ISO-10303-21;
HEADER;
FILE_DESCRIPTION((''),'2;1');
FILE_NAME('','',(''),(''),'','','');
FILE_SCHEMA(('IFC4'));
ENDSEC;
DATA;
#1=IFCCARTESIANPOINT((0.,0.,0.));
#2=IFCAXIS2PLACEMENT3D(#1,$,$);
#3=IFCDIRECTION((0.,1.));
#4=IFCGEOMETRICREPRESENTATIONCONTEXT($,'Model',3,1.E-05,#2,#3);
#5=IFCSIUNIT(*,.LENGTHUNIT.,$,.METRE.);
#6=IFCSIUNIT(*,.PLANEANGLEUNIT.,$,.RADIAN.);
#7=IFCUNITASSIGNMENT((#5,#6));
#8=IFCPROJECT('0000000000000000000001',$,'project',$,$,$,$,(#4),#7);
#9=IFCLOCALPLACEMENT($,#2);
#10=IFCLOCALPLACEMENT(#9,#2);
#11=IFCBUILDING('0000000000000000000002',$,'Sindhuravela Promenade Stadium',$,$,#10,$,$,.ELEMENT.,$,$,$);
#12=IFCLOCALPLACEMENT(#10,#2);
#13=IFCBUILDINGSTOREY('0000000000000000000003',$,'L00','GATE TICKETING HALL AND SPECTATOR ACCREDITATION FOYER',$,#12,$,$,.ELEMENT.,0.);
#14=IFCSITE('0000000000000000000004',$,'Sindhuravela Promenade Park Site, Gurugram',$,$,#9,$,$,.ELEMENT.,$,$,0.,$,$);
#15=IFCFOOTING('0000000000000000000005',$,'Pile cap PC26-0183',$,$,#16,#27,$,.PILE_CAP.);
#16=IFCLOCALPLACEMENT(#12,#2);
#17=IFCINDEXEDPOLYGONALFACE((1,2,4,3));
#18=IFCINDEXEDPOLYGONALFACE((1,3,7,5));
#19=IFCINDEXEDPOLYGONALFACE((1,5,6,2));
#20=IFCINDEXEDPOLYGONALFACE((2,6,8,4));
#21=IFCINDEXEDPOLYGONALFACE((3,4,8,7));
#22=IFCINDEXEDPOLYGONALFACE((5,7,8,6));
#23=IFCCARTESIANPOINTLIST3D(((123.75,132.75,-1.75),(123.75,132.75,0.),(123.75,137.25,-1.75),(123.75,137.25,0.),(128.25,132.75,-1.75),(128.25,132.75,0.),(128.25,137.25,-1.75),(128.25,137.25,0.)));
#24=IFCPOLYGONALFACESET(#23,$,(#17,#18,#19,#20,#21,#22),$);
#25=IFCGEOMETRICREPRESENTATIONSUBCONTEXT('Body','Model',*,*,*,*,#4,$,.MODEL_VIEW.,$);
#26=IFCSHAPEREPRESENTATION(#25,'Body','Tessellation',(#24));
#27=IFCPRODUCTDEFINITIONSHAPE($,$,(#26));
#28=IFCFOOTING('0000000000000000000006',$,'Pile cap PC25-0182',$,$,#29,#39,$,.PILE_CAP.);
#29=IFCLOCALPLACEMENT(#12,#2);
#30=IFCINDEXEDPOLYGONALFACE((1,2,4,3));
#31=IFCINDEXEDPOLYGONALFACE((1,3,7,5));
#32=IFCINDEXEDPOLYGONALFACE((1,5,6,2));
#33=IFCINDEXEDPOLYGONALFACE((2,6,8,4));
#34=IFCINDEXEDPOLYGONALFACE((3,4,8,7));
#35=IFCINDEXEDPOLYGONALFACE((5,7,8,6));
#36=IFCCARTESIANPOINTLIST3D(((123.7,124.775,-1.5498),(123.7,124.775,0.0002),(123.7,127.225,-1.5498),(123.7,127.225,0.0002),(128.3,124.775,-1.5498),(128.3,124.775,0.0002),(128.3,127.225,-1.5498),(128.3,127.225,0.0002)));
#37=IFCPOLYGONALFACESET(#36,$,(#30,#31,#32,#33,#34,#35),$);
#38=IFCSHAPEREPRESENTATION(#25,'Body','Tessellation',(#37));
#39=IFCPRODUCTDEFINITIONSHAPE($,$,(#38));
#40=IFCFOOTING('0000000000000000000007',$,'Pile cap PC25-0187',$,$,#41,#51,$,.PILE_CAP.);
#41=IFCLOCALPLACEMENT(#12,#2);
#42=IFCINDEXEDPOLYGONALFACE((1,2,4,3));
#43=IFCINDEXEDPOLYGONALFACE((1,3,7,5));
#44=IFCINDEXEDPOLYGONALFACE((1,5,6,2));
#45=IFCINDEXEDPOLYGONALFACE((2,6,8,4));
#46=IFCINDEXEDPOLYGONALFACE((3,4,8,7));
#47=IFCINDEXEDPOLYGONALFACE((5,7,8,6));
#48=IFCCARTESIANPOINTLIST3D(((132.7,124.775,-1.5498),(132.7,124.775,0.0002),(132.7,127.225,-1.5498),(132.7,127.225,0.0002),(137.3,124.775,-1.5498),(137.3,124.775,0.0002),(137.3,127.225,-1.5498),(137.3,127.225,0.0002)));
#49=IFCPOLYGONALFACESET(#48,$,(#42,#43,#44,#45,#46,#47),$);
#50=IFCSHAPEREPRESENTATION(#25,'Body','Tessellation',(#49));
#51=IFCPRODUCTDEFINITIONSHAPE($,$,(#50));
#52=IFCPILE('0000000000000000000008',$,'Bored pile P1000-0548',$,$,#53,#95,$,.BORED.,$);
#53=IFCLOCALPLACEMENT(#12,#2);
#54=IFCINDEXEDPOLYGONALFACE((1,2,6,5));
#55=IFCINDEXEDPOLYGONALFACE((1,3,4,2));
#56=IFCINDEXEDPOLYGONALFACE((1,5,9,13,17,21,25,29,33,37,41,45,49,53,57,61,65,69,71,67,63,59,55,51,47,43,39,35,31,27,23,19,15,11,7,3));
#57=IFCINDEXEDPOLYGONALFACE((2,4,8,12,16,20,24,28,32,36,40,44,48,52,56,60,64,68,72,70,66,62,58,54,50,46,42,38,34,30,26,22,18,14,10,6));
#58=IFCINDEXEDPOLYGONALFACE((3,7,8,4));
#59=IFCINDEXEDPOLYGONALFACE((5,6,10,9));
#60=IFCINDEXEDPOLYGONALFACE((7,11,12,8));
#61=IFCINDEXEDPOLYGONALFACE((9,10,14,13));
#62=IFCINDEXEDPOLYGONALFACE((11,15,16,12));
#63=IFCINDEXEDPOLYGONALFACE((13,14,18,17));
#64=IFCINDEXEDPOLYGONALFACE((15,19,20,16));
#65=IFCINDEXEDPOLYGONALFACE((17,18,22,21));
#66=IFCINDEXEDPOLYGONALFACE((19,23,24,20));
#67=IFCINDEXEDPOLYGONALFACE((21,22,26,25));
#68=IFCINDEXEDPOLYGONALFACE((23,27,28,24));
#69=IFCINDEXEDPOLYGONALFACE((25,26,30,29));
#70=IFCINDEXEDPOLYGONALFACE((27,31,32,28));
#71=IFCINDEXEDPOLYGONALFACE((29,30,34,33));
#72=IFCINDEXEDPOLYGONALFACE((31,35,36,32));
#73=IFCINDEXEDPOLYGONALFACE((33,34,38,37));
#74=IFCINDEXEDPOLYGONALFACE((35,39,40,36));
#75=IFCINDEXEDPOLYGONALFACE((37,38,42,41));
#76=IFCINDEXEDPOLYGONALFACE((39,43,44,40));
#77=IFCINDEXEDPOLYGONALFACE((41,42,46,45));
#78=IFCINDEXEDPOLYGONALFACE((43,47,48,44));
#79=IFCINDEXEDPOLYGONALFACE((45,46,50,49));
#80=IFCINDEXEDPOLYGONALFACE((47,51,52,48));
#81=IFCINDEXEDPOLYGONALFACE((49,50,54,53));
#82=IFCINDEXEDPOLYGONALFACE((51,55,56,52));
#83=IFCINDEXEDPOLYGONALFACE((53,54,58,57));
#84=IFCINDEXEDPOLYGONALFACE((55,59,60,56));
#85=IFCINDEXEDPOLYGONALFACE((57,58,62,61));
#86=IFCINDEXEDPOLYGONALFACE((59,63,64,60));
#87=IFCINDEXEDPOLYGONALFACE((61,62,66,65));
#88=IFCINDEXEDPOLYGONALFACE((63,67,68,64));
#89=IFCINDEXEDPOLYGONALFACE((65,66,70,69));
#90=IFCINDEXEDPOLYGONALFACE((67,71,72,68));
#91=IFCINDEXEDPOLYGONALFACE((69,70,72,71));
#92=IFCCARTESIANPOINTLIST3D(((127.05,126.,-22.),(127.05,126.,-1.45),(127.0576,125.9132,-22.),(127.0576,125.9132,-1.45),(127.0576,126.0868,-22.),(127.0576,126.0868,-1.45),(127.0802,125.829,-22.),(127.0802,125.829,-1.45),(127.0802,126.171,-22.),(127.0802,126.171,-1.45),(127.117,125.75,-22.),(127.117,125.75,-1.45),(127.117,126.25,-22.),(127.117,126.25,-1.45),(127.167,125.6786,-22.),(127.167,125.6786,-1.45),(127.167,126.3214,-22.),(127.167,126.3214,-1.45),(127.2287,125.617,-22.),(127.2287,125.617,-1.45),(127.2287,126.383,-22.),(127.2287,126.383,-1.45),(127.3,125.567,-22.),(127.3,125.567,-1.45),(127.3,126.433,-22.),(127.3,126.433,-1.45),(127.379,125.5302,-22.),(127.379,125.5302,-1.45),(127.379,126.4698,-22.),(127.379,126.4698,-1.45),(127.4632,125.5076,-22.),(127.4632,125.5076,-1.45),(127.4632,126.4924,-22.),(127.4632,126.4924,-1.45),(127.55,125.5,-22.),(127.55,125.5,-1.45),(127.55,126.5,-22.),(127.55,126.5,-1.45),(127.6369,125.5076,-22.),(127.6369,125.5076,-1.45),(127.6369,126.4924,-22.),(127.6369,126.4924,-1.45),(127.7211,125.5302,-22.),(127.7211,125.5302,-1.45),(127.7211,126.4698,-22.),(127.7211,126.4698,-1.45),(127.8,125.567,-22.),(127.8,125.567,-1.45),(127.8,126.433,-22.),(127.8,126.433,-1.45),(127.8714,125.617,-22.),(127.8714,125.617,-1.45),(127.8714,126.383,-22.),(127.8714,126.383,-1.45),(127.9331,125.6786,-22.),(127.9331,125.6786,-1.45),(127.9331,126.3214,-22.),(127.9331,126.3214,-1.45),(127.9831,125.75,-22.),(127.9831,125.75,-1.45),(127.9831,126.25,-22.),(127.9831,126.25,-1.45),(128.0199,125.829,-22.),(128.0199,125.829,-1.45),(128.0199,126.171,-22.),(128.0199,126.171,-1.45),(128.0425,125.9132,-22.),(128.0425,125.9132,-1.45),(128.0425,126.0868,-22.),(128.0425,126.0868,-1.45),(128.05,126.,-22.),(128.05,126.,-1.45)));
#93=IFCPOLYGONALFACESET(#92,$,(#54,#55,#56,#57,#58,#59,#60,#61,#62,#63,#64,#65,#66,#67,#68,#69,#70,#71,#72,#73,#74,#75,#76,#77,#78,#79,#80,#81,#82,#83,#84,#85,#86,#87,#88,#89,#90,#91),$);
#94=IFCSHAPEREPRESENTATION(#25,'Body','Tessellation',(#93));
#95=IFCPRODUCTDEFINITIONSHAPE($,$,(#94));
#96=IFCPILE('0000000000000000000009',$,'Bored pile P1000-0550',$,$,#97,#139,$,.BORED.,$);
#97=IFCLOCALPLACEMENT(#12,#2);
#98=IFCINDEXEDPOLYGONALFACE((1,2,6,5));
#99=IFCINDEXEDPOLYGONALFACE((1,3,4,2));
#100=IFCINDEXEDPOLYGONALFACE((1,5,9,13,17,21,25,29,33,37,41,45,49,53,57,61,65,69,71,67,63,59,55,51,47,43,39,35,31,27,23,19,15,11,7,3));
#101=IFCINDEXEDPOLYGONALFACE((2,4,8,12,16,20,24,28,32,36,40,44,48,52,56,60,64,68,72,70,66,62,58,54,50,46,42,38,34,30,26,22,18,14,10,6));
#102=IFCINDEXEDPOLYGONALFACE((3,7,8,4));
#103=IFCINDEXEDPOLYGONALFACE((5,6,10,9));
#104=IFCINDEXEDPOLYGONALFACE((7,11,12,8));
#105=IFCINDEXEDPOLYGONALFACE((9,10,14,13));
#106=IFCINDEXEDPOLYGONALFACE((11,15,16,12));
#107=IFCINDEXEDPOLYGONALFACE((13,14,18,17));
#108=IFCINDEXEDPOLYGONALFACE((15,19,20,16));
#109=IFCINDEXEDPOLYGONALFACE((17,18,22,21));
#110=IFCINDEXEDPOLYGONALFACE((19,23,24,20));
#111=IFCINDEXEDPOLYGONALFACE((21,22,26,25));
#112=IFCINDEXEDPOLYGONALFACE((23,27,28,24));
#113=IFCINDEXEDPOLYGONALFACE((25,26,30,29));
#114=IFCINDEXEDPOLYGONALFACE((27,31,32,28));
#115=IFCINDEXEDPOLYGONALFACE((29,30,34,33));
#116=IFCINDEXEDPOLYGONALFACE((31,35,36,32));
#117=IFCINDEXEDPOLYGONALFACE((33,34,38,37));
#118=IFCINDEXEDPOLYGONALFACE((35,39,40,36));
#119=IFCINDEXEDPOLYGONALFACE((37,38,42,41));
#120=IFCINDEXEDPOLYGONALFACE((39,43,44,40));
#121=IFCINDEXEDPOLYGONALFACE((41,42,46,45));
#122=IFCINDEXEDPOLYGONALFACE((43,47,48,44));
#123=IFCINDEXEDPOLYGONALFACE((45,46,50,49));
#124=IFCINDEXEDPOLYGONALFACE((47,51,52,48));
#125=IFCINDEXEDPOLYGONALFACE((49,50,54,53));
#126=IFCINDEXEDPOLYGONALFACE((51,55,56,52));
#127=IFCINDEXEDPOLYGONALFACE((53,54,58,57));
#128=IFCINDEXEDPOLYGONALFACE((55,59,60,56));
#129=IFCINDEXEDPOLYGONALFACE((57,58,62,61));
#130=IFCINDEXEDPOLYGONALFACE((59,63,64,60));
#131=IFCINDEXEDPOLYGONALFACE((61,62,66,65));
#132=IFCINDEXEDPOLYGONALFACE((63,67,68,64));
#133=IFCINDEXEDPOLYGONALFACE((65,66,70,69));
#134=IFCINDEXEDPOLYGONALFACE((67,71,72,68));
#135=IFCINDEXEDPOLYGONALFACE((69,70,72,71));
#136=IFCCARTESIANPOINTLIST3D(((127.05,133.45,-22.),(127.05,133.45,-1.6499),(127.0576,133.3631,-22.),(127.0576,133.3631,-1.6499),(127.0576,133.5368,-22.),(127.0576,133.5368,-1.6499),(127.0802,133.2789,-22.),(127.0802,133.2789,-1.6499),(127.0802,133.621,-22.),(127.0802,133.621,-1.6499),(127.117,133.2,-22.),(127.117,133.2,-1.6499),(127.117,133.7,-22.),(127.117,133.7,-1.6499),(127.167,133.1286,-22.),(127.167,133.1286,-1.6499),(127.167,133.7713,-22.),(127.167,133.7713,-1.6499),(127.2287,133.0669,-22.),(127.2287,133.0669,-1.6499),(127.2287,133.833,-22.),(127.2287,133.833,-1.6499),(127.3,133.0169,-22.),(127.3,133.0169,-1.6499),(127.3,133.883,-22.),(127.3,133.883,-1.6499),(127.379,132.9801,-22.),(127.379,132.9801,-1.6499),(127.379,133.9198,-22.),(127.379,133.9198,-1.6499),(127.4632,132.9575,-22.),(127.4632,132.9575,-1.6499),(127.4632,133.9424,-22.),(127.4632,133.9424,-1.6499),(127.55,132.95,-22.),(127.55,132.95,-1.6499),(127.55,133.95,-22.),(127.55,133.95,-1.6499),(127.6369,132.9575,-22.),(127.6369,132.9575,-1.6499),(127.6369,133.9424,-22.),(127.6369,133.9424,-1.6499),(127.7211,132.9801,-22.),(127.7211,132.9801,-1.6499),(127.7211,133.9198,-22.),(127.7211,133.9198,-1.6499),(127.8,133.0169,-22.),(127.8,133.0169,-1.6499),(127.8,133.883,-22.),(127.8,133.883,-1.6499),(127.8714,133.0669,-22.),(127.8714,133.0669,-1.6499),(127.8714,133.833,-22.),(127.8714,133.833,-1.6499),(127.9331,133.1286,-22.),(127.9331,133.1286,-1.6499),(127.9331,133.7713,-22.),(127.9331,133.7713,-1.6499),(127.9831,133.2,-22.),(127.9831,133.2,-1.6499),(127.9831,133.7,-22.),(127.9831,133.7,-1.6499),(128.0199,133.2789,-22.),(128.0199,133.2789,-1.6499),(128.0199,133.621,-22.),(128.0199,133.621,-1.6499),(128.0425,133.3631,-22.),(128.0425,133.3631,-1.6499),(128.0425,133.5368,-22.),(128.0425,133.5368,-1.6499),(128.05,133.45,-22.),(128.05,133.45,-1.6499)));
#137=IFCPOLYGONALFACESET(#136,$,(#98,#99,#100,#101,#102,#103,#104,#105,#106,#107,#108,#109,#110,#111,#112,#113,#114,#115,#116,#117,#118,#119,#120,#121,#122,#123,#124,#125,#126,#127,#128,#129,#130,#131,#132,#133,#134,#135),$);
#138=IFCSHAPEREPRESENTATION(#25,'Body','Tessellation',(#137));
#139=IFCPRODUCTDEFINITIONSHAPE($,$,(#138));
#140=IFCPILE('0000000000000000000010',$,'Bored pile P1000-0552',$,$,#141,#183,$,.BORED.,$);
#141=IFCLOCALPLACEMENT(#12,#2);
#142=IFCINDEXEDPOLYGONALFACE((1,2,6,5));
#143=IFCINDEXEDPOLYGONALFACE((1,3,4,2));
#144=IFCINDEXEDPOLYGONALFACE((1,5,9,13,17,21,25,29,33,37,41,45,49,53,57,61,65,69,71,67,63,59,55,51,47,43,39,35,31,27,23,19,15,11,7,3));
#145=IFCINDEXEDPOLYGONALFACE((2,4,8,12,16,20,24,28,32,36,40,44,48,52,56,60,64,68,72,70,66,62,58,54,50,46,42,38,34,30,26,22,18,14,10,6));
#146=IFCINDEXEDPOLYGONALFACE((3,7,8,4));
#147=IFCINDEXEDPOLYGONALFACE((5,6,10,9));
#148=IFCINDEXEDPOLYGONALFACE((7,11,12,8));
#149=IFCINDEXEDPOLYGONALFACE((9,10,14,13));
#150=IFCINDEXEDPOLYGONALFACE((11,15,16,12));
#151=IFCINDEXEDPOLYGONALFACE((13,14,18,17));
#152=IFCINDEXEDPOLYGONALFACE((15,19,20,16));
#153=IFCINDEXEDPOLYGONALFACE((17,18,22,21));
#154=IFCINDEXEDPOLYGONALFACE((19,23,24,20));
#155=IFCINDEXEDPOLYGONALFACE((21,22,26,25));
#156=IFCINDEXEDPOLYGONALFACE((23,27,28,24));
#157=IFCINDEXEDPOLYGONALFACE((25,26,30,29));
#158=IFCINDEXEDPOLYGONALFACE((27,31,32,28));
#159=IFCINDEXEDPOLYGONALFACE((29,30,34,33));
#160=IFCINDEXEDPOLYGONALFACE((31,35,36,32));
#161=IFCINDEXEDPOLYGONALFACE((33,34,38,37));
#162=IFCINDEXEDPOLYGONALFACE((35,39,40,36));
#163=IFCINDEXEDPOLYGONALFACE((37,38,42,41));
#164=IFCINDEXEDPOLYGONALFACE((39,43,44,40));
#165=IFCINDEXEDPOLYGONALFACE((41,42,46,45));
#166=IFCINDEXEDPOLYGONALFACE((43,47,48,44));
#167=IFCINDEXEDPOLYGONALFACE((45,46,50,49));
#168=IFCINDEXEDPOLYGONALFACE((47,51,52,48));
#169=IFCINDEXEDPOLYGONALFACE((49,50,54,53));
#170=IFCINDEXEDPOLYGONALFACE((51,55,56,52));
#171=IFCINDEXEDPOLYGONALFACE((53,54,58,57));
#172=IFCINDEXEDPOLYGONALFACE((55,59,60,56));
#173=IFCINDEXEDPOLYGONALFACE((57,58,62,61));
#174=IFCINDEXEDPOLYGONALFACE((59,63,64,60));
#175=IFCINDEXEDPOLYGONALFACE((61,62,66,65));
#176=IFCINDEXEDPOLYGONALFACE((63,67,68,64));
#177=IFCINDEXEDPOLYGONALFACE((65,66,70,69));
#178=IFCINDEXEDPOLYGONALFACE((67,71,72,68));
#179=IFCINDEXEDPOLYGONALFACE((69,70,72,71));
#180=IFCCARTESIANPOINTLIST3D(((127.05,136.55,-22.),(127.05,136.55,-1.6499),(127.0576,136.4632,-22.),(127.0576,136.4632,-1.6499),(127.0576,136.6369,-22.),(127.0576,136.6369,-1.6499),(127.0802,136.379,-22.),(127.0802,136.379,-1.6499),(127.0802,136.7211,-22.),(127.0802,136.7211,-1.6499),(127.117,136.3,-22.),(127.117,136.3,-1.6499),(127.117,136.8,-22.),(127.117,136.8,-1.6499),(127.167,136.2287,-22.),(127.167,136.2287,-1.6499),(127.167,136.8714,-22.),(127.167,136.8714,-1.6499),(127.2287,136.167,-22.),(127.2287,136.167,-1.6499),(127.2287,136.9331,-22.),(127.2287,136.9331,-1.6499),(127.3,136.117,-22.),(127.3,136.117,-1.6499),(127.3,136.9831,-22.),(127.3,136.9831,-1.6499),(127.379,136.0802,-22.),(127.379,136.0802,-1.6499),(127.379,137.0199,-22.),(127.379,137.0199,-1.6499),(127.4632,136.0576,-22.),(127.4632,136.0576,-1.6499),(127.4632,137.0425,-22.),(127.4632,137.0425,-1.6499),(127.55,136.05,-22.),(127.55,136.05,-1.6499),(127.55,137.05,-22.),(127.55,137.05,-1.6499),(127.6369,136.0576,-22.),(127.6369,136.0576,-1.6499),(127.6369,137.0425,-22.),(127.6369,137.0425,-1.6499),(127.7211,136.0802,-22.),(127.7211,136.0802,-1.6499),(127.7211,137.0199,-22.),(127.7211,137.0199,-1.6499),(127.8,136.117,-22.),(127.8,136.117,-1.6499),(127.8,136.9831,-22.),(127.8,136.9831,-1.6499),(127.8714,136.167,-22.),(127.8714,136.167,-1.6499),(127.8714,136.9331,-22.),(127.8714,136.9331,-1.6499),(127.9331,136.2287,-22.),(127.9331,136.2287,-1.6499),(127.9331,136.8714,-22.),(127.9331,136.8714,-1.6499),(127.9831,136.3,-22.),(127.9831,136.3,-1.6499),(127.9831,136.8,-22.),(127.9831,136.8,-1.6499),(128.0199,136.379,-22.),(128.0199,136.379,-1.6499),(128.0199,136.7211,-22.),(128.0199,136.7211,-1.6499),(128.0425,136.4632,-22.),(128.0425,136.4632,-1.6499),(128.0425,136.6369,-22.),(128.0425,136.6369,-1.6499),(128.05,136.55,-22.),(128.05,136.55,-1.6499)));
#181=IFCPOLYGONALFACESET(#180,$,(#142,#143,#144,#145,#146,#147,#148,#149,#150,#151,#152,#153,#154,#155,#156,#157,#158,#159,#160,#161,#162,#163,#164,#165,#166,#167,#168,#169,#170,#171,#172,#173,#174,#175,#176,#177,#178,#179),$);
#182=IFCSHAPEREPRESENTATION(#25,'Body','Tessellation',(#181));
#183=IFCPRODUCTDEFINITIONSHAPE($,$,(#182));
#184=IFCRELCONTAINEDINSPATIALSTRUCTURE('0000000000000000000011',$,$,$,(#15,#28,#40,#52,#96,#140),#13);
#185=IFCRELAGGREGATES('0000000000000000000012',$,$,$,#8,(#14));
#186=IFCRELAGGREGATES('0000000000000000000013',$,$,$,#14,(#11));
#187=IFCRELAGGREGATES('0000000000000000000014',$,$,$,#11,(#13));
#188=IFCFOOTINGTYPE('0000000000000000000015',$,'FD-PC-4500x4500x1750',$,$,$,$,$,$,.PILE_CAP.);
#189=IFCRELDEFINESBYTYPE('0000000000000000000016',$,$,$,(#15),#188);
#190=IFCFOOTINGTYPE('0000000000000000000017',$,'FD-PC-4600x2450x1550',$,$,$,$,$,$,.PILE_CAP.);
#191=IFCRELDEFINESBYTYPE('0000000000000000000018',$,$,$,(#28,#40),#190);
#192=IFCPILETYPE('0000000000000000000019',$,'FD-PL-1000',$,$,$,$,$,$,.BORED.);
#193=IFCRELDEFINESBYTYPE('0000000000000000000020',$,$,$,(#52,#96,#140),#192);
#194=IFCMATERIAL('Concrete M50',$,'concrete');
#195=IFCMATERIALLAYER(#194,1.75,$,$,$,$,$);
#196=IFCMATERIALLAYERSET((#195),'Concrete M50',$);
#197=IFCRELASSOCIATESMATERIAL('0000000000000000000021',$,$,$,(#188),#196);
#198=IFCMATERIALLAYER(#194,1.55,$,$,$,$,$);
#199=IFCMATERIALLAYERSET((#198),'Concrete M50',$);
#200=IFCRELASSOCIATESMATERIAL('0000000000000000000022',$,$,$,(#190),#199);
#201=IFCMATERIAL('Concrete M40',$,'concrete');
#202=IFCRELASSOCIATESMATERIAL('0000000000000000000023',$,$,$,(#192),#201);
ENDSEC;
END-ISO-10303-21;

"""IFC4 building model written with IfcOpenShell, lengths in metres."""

from ifc_helpers import new_model, si_unit, direction, frame, origin, origin_2d, place, context, subcontext, project, spatial, rectangle, circle, extrude, material, layer, layer_set, material_profile, profile_set, type_object, element, save


model = new_model("IFC4")

# Units and contexts
model_context = context("Model", 3, precision=1e-05, world=origin(), true_north=direction((0.0, 1.0)))
body_context = subcontext(model_context, "Body", "Model", "MODEL_VIEW")
ifc_project = project(units=[si_unit("LENGTHUNIT", "METRE"), si_unit("PLANEANGLEUNIT", "RADIAN")], contexts=[model_context])

# Site, building, storey
site_placement = place(None, origin())
site = spatial("IfcSite", under=ifc_project, at=site_placement, Name="Sindhuravela Promenade Park Site, Gurugram", CompositionType="ELEMENT", RefElevation=0.0)
building_placement = place(site_placement, origin())
building = spatial("IfcBuilding", under=site, at=building_placement, Name="Sindhuravela Promenade Stadium", CompositionType="ELEMENT")
storey_placement = place(building_placement, origin())
storey = spatial("IfcBuildingStorey", under=building, at=storey_placement, Name="L00", Description="GATE TICKETING HALL AND SPECTATOR ACCREDITATION FOYER", CompositionType="ELEMENT", Elevation=0.0)

# Footings
ifc_material_1 = material(Name="Concrete M50", Category="concrete")
ifc_layer_1 = layer(ifc_material_1, 1.75)
ifc_layer_set_1 = layer_set([ifc_layer_1], Name="Concrete M50")
footing_type_1 = type_object("IfcFootingType", Name="FD-PC-4500x4500x1750", PredefinedType="PILE_CAP", material=ifc_layer_set_1)
footing_placement = place(storey_placement, frame((126.0, 135.0, -1.75), z_axis=(0.0, 0.0, 1.0), x_axis=(1.0, 0.0, 0.0)))
element("IfcFooting", 1, at=footing_placement, inside=storey, type_object=footing_type_1, Name="Pile cap PC26-0183", PredefinedType="PILE_CAP", context=body_context, shape_type="SweptSolid", body=[
    extrude(rectangle(XDim=4.5, YDim=4.5, at=origin_2d()), origin(), (0.0, 0.0, 1.0), 1.75),
])
ifc_layer_2 = layer(ifc_material_1, 1.55)
ifc_layer_set_2 = layer_set([ifc_layer_2], Name="Concrete M50")
footing_type_2 = type_object("IfcFootingType", Name="FD-PC-4600x2450x1550", PredefinedType="PILE_CAP", material=ifc_layer_set_2)
for number, where, z_axis, x_axis, name in (
    (2, (126.0, 126.0, -1.5498), (0.0, 0.0, 1.0), (1.0, 0.0, 0.0), "Pile cap PC25-0182"),
    (3, (135.0, 126.0, -1.5498), (0.0, 0.0, 1.0), (1.0, 0.0, 0.0), "Pile cap PC25-0187"),
):
    element("IfcFooting", number, at=place(storey_placement, frame(where, z_axis=z_axis, x_axis=x_axis)), inside=storey, type_object=footing_type_2, Name=name, PredefinedType="PILE_CAP", context=body_context, shape_type="SweptSolid", body=[
        extrude(rectangle(XDim=4.6001, YDim=2.45, at=origin_2d()), origin(), (0.0, 0.0, 1.0), 1.55),
    ])

# Piles
ifc_material_2 = material(Name="Concrete M40", Category="concrete")
ifc_material_profile_1 = material_profile(ifc_material_2, circle(Radius=0.5, at=origin_2d()), Name="BORED PILE D1000")
ifc_profile_set_1 = profile_set([ifc_material_profile_1], Name="Concrete M40")
pile_type = type_object("IfcPileType", Name="FD-PL-1000", PredefinedType="BORED", material=ifc_profile_set_1)
pile_placement = place(storey_placement, frame((127.55, 126.0, -1.45), z_axis=(0.0, 0.0, -1.0), x_axis=(1.0, 0.0, 0.0)))
element("IfcPile", 4, at=pile_placement, inside=storey, type_object=pile_type, Name="Bored pile P1000-0548", PredefinedType="BORED", context=body_context, shape_type="SweptSolid", body=[
    extrude(circle(Radius=0.5, at=origin_2d()), origin(), (0.0, 0.0, 1.0), 20.55),
])
for number, where, z_axis, x_axis, name in (
    (5, (127.55, 133.45, -1.6499), (0.0, 0.0, -1.0), (1.0, 0.0, 0.0), "Bored pile P1000-0550"),
    (6, (127.55, 136.55, -1.6499), (0.0, 0.0, -1.0), (1.0, 0.0, 0.0), "Bored pile P1000-0552"),
):
    element("IfcPile", number, at=place(storey_placement, frame(where, z_axis=z_axis, x_axis=x_axis)), inside=storey, type_object=pile_type, Name=name, PredefinedType="BORED", context=body_context, shape_type="SweptSolid", body=[
        extrude(circle(Radius=0.5, at=origin_2d()), origin(), (0.0, 0.0, 1.0), 20.3501),
    ])

save(model, "model.ifc")
